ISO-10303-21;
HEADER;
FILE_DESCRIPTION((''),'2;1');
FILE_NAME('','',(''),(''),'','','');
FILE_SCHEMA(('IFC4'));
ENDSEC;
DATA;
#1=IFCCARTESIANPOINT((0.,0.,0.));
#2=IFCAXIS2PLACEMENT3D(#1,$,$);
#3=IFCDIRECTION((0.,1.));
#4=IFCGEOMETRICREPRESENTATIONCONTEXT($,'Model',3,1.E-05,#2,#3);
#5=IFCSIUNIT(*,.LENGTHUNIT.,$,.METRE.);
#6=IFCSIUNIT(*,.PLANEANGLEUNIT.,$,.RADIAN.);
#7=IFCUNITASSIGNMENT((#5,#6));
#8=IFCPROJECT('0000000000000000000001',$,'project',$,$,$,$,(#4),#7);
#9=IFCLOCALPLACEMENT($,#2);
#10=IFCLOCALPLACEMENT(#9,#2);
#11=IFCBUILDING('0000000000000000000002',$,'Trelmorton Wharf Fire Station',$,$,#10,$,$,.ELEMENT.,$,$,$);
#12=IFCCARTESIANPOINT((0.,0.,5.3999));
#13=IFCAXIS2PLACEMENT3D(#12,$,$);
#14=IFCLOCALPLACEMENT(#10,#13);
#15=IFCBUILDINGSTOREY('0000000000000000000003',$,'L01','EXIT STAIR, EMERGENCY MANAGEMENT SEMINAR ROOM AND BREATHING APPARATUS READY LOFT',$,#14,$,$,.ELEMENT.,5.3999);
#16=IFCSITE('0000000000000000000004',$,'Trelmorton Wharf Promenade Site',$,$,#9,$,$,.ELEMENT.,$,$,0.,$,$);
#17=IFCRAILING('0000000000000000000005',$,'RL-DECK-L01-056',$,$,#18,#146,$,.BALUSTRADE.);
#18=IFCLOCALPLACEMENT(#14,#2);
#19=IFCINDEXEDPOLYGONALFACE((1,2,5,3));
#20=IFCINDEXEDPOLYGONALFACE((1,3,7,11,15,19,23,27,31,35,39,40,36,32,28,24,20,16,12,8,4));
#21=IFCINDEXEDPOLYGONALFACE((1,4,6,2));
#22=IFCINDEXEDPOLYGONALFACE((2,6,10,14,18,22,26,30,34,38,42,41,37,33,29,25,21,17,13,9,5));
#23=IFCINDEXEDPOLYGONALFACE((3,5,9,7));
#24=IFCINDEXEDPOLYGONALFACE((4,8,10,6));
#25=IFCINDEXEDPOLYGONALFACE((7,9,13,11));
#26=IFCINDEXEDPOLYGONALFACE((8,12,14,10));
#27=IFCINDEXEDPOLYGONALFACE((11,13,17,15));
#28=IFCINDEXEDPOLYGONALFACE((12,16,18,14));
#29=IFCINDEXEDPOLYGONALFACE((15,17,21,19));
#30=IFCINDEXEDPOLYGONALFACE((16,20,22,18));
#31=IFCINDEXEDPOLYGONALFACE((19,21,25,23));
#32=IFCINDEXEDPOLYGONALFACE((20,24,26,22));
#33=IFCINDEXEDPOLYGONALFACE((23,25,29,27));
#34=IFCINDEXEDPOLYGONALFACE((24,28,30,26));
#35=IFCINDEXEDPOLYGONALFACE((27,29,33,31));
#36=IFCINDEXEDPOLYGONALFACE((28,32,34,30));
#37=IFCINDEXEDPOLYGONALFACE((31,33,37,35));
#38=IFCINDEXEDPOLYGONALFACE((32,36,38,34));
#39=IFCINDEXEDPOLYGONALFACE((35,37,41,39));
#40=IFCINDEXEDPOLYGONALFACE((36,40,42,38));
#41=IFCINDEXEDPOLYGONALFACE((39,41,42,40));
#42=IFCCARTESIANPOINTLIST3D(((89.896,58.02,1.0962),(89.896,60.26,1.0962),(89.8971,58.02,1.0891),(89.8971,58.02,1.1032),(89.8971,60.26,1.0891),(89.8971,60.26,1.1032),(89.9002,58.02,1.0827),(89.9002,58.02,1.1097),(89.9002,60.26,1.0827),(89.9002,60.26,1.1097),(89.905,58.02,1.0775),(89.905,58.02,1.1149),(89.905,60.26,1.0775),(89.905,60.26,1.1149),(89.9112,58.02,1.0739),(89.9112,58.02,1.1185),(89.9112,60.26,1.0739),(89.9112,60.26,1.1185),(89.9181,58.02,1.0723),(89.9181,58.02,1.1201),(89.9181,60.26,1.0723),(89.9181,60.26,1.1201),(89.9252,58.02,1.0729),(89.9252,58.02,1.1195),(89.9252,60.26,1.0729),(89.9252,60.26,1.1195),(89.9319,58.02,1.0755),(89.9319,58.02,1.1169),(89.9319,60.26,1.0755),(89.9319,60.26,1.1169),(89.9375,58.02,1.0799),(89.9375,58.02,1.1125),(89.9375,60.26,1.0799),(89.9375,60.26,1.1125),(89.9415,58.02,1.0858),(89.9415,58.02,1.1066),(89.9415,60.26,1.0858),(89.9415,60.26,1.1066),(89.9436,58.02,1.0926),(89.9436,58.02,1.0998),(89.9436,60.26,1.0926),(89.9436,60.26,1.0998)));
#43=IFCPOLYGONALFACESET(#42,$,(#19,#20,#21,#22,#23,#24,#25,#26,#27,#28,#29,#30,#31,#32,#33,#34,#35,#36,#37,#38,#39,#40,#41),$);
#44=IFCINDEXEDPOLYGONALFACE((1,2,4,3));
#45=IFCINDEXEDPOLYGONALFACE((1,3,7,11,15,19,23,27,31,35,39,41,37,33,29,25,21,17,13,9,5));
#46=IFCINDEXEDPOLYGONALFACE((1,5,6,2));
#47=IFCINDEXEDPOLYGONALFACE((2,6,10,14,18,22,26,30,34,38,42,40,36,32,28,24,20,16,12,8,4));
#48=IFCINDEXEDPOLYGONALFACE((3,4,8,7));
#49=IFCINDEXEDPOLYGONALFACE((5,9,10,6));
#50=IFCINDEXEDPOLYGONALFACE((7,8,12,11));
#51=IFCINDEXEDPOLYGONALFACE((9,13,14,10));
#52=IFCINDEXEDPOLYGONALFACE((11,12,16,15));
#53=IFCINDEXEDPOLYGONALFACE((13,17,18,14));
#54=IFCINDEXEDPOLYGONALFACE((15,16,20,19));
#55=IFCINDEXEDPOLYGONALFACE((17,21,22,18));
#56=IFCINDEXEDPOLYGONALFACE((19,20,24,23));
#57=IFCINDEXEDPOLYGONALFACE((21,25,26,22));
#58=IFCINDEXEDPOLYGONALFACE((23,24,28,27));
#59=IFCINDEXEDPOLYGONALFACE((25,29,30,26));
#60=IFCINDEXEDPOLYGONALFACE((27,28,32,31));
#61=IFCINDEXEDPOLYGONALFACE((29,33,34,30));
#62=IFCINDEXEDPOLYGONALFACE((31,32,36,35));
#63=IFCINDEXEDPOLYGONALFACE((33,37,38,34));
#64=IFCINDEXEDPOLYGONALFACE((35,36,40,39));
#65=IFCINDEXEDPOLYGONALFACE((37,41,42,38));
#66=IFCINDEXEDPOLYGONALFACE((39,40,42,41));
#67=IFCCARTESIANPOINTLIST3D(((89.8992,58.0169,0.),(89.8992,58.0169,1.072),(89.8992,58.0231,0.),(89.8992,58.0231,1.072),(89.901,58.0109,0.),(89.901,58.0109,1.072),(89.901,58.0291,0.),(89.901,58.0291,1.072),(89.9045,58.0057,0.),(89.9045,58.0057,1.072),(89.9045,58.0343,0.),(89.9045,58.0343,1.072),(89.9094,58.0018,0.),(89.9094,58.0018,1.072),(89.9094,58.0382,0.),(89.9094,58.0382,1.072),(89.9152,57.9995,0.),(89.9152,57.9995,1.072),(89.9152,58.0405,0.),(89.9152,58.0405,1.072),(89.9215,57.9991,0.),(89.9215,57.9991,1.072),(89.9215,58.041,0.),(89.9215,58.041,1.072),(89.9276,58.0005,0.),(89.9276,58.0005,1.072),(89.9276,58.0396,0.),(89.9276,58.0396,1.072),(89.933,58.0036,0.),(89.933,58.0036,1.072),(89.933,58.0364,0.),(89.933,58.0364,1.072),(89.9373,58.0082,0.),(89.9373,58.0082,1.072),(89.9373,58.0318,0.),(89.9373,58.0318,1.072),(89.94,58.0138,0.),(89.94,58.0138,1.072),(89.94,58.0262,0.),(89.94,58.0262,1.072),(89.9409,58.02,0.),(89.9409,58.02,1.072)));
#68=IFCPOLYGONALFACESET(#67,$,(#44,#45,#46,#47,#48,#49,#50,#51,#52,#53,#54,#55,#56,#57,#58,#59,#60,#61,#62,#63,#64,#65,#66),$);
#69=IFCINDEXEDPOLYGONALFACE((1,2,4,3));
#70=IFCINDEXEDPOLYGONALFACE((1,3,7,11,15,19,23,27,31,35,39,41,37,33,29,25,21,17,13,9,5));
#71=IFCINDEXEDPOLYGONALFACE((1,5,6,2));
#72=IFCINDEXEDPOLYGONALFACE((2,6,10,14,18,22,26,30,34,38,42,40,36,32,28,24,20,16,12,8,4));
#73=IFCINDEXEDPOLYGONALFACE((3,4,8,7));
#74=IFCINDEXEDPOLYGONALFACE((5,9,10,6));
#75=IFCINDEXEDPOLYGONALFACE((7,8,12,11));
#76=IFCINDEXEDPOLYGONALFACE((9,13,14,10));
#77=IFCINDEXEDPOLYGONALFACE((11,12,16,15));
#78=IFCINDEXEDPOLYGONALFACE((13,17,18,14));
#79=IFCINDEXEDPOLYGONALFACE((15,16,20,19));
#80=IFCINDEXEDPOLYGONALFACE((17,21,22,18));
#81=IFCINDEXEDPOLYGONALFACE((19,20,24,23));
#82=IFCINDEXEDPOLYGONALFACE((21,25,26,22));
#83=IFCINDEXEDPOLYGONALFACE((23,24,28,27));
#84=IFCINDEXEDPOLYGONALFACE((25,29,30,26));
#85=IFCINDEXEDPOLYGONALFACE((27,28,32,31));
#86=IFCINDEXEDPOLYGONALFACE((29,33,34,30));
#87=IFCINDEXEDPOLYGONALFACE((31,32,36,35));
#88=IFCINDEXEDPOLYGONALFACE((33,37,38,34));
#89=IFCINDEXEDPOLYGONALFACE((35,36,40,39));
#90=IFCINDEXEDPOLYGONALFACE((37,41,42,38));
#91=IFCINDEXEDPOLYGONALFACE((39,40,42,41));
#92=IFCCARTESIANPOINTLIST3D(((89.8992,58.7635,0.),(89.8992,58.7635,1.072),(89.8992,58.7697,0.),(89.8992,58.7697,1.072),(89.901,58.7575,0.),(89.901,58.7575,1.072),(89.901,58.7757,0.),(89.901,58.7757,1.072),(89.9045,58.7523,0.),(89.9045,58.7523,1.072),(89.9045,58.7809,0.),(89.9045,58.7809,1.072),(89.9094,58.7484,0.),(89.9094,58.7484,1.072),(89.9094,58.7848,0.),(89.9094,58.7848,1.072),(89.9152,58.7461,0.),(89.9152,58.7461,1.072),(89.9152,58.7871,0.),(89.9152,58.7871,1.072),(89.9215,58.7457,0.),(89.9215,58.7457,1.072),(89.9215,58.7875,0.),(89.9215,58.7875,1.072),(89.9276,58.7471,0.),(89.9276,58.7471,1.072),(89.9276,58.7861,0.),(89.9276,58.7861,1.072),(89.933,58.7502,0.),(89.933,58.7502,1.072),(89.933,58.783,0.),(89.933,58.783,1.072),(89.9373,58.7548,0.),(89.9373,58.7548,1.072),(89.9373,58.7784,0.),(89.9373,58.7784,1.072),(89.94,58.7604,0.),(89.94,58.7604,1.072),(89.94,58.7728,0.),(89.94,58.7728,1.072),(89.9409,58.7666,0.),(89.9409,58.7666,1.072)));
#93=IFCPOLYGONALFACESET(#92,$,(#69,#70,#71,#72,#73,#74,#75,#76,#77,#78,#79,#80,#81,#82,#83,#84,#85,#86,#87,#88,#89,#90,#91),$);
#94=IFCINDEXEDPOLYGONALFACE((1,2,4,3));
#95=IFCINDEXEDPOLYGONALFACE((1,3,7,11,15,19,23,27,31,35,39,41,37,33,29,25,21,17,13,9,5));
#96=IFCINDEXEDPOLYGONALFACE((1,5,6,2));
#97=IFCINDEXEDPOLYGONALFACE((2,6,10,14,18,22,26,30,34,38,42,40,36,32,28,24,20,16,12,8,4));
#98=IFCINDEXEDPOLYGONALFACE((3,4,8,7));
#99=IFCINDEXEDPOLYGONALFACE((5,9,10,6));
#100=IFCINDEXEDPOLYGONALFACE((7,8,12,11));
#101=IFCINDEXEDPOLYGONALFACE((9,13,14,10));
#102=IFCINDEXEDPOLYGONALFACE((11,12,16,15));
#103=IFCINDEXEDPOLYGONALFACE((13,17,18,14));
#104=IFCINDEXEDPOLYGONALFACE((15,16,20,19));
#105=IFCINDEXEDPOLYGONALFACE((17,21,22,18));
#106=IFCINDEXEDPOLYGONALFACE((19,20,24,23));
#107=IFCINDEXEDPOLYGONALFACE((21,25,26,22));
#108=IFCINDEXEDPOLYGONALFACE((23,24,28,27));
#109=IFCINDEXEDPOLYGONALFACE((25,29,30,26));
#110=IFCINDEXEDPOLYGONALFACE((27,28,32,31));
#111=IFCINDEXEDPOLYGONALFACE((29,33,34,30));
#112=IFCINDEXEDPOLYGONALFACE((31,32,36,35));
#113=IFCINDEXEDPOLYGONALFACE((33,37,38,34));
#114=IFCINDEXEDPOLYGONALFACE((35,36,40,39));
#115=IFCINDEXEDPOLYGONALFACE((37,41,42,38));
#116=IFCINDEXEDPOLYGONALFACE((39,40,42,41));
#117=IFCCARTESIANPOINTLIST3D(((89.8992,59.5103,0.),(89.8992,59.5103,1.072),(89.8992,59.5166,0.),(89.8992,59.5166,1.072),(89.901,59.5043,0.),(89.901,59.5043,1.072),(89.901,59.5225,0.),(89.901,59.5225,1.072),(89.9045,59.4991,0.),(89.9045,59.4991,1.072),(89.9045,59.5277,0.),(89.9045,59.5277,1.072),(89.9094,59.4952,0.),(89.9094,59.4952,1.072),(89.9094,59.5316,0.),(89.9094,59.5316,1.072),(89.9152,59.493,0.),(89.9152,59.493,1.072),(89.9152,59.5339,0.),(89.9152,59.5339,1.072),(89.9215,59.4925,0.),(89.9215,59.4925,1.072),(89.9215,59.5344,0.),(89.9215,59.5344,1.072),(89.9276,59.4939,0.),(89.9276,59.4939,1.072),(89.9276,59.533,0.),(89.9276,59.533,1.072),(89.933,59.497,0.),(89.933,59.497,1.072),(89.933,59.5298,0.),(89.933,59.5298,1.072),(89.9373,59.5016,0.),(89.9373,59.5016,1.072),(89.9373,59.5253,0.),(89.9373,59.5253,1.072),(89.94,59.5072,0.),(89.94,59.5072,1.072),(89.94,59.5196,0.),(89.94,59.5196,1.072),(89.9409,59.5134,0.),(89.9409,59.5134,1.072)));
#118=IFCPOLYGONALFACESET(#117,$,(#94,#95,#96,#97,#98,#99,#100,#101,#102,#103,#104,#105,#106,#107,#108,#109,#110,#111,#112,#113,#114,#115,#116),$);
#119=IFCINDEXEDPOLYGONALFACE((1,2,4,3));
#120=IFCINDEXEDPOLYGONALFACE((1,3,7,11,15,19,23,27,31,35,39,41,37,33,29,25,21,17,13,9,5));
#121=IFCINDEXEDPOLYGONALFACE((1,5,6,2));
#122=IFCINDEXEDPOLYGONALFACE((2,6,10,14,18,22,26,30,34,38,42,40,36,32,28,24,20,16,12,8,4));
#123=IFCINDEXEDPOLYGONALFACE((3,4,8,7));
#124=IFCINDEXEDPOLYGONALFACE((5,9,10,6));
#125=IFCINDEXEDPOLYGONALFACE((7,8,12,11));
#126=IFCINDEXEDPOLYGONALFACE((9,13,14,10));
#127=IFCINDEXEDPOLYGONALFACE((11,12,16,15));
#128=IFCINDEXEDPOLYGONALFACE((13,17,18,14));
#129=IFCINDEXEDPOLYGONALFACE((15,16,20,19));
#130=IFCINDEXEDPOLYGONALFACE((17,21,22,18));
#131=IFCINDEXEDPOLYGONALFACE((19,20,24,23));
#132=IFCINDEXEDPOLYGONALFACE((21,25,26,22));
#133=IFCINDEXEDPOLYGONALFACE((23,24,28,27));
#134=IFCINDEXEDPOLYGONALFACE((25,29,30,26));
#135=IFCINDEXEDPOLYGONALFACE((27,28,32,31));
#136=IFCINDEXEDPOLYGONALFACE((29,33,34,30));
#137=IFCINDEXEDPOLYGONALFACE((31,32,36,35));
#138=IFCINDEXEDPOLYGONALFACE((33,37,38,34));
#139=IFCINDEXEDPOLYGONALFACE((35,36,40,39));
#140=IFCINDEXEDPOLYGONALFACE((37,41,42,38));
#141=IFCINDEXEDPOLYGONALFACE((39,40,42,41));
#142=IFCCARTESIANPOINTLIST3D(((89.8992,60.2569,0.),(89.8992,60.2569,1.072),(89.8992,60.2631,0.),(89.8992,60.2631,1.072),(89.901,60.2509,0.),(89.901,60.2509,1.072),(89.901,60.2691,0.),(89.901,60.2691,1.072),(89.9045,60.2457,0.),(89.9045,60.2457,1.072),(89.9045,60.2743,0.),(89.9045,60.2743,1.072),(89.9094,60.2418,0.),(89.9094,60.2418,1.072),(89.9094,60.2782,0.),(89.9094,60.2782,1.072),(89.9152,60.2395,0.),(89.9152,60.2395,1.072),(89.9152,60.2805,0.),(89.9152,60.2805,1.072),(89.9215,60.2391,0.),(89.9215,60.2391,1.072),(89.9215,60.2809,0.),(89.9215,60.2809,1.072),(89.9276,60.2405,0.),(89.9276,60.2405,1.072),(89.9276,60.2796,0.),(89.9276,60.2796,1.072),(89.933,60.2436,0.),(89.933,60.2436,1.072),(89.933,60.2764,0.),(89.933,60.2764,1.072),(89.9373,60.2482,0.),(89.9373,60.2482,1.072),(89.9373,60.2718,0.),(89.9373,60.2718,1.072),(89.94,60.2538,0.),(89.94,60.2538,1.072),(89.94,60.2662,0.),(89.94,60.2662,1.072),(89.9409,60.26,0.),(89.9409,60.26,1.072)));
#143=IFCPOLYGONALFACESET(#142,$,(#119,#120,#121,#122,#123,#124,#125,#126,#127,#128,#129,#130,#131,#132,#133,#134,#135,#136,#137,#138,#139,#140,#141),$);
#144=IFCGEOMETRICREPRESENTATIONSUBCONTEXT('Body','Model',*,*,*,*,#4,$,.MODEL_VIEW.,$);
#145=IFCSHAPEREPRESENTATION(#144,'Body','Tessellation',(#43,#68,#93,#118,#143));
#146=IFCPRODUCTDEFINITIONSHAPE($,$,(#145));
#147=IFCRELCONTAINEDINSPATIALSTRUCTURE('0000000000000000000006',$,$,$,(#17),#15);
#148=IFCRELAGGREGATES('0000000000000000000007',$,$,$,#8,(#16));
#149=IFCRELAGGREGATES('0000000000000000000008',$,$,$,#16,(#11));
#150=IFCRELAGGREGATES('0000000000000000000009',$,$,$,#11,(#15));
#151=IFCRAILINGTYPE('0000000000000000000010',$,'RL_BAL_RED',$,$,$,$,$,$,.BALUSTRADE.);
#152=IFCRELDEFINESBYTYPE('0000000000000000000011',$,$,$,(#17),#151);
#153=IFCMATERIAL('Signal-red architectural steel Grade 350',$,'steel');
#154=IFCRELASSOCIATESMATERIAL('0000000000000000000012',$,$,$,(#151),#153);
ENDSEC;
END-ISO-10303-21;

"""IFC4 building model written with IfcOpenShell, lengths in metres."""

from ifc_helpers import new_model, si_unit, direction, frame, origin, origin_2d, place, context, subcontext, project, spatial, circle, extrude, material, type_object, element, save


model = new_model("IFC4")

# Units and contexts
model_context = context("Model", 3, precision=1e-05, world=origin(), true_north=direction((0.0, 1.0)))
body_context = subcontext(model_context, "Body", "Model", "MODEL_VIEW")
ifc_project = project(units=[si_unit("LENGTHUNIT", "METRE"), si_unit("PLANEANGLEUNIT", "RADIAN")], contexts=[model_context])

# Site, building, storey
site_placement = place(None, origin())
site = spatial("IfcSite", under=ifc_project, at=site_placement, Name="Trelmorton Wharf Promenade Site", CompositionType="ELEMENT", RefElevation=0.0)
building_placement = place(site_placement, origin())
building = spatial("IfcBuilding", under=site, at=building_placement, Name="Trelmorton Wharf Fire Station", CompositionType="ELEMENT")
storey_placement = place(building_placement, frame((0.0, 0.0, 5.3999)))
storey = spatial("IfcBuildingStorey", under=building, at=storey_placement, Name="L01", Description="EXIT STAIR, EMERGENCY MANAGEMENT SEMINAR ROOM AND BREATHING APPARATUS READY LOFT", CompositionType="ELEMENT", Elevation=5.3999)

# Shared definitions
ifc_material_1 = material(Name="Signal-red architectural steel Grade 350", Category="steel")

# Railing
railing_type = type_object("IfcRailingType", Name="RL_BAL_RED", PredefinedType="BALUSTRADE", material=ifc_material_1)
railing_placement = place(storey_placement, frame((89.9199, 58.02, 0.0)))
element("IfcRailing", 1, at=railing_placement, inside=storey, type_object=railing_type, Name="RL-DECK-L01-056", PredefinedType="BALUSTRADE", context=body_context, shape_type="SweptSolid", body=[
    extrude(circle(Radius=0.0239, at=origin_2d()), frame((0.0, 0.0, 1.0962), z_axis=(0.0, 1.0, 0.0), x_axis=(-1.0, 0.0, 0.0)), (0.0, 0.0, 1.0), 2.24),
    extrude(circle(Radius=0.021, at=origin_2d()), origin(), (0.0, 0.0, 1.0), 1.072),
    extrude(circle(Radius=0.021, at=origin_2d()), frame((0.0, 0.7466, 0.0)), (0.0, 0.0, 1.0), 1.072),
    extrude(circle(Radius=0.021, at=origin_2d()), frame((0.0, 1.4934, 0.0)), (0.0, 0.0, 1.0), 1.072),
    extrude(circle(Radius=0.021, at=origin_2d()), frame((0.0, 2.24, 0.0)), (0.0, 0.0, 1.0), 1.072),
])

save(model, "model.ifc")
